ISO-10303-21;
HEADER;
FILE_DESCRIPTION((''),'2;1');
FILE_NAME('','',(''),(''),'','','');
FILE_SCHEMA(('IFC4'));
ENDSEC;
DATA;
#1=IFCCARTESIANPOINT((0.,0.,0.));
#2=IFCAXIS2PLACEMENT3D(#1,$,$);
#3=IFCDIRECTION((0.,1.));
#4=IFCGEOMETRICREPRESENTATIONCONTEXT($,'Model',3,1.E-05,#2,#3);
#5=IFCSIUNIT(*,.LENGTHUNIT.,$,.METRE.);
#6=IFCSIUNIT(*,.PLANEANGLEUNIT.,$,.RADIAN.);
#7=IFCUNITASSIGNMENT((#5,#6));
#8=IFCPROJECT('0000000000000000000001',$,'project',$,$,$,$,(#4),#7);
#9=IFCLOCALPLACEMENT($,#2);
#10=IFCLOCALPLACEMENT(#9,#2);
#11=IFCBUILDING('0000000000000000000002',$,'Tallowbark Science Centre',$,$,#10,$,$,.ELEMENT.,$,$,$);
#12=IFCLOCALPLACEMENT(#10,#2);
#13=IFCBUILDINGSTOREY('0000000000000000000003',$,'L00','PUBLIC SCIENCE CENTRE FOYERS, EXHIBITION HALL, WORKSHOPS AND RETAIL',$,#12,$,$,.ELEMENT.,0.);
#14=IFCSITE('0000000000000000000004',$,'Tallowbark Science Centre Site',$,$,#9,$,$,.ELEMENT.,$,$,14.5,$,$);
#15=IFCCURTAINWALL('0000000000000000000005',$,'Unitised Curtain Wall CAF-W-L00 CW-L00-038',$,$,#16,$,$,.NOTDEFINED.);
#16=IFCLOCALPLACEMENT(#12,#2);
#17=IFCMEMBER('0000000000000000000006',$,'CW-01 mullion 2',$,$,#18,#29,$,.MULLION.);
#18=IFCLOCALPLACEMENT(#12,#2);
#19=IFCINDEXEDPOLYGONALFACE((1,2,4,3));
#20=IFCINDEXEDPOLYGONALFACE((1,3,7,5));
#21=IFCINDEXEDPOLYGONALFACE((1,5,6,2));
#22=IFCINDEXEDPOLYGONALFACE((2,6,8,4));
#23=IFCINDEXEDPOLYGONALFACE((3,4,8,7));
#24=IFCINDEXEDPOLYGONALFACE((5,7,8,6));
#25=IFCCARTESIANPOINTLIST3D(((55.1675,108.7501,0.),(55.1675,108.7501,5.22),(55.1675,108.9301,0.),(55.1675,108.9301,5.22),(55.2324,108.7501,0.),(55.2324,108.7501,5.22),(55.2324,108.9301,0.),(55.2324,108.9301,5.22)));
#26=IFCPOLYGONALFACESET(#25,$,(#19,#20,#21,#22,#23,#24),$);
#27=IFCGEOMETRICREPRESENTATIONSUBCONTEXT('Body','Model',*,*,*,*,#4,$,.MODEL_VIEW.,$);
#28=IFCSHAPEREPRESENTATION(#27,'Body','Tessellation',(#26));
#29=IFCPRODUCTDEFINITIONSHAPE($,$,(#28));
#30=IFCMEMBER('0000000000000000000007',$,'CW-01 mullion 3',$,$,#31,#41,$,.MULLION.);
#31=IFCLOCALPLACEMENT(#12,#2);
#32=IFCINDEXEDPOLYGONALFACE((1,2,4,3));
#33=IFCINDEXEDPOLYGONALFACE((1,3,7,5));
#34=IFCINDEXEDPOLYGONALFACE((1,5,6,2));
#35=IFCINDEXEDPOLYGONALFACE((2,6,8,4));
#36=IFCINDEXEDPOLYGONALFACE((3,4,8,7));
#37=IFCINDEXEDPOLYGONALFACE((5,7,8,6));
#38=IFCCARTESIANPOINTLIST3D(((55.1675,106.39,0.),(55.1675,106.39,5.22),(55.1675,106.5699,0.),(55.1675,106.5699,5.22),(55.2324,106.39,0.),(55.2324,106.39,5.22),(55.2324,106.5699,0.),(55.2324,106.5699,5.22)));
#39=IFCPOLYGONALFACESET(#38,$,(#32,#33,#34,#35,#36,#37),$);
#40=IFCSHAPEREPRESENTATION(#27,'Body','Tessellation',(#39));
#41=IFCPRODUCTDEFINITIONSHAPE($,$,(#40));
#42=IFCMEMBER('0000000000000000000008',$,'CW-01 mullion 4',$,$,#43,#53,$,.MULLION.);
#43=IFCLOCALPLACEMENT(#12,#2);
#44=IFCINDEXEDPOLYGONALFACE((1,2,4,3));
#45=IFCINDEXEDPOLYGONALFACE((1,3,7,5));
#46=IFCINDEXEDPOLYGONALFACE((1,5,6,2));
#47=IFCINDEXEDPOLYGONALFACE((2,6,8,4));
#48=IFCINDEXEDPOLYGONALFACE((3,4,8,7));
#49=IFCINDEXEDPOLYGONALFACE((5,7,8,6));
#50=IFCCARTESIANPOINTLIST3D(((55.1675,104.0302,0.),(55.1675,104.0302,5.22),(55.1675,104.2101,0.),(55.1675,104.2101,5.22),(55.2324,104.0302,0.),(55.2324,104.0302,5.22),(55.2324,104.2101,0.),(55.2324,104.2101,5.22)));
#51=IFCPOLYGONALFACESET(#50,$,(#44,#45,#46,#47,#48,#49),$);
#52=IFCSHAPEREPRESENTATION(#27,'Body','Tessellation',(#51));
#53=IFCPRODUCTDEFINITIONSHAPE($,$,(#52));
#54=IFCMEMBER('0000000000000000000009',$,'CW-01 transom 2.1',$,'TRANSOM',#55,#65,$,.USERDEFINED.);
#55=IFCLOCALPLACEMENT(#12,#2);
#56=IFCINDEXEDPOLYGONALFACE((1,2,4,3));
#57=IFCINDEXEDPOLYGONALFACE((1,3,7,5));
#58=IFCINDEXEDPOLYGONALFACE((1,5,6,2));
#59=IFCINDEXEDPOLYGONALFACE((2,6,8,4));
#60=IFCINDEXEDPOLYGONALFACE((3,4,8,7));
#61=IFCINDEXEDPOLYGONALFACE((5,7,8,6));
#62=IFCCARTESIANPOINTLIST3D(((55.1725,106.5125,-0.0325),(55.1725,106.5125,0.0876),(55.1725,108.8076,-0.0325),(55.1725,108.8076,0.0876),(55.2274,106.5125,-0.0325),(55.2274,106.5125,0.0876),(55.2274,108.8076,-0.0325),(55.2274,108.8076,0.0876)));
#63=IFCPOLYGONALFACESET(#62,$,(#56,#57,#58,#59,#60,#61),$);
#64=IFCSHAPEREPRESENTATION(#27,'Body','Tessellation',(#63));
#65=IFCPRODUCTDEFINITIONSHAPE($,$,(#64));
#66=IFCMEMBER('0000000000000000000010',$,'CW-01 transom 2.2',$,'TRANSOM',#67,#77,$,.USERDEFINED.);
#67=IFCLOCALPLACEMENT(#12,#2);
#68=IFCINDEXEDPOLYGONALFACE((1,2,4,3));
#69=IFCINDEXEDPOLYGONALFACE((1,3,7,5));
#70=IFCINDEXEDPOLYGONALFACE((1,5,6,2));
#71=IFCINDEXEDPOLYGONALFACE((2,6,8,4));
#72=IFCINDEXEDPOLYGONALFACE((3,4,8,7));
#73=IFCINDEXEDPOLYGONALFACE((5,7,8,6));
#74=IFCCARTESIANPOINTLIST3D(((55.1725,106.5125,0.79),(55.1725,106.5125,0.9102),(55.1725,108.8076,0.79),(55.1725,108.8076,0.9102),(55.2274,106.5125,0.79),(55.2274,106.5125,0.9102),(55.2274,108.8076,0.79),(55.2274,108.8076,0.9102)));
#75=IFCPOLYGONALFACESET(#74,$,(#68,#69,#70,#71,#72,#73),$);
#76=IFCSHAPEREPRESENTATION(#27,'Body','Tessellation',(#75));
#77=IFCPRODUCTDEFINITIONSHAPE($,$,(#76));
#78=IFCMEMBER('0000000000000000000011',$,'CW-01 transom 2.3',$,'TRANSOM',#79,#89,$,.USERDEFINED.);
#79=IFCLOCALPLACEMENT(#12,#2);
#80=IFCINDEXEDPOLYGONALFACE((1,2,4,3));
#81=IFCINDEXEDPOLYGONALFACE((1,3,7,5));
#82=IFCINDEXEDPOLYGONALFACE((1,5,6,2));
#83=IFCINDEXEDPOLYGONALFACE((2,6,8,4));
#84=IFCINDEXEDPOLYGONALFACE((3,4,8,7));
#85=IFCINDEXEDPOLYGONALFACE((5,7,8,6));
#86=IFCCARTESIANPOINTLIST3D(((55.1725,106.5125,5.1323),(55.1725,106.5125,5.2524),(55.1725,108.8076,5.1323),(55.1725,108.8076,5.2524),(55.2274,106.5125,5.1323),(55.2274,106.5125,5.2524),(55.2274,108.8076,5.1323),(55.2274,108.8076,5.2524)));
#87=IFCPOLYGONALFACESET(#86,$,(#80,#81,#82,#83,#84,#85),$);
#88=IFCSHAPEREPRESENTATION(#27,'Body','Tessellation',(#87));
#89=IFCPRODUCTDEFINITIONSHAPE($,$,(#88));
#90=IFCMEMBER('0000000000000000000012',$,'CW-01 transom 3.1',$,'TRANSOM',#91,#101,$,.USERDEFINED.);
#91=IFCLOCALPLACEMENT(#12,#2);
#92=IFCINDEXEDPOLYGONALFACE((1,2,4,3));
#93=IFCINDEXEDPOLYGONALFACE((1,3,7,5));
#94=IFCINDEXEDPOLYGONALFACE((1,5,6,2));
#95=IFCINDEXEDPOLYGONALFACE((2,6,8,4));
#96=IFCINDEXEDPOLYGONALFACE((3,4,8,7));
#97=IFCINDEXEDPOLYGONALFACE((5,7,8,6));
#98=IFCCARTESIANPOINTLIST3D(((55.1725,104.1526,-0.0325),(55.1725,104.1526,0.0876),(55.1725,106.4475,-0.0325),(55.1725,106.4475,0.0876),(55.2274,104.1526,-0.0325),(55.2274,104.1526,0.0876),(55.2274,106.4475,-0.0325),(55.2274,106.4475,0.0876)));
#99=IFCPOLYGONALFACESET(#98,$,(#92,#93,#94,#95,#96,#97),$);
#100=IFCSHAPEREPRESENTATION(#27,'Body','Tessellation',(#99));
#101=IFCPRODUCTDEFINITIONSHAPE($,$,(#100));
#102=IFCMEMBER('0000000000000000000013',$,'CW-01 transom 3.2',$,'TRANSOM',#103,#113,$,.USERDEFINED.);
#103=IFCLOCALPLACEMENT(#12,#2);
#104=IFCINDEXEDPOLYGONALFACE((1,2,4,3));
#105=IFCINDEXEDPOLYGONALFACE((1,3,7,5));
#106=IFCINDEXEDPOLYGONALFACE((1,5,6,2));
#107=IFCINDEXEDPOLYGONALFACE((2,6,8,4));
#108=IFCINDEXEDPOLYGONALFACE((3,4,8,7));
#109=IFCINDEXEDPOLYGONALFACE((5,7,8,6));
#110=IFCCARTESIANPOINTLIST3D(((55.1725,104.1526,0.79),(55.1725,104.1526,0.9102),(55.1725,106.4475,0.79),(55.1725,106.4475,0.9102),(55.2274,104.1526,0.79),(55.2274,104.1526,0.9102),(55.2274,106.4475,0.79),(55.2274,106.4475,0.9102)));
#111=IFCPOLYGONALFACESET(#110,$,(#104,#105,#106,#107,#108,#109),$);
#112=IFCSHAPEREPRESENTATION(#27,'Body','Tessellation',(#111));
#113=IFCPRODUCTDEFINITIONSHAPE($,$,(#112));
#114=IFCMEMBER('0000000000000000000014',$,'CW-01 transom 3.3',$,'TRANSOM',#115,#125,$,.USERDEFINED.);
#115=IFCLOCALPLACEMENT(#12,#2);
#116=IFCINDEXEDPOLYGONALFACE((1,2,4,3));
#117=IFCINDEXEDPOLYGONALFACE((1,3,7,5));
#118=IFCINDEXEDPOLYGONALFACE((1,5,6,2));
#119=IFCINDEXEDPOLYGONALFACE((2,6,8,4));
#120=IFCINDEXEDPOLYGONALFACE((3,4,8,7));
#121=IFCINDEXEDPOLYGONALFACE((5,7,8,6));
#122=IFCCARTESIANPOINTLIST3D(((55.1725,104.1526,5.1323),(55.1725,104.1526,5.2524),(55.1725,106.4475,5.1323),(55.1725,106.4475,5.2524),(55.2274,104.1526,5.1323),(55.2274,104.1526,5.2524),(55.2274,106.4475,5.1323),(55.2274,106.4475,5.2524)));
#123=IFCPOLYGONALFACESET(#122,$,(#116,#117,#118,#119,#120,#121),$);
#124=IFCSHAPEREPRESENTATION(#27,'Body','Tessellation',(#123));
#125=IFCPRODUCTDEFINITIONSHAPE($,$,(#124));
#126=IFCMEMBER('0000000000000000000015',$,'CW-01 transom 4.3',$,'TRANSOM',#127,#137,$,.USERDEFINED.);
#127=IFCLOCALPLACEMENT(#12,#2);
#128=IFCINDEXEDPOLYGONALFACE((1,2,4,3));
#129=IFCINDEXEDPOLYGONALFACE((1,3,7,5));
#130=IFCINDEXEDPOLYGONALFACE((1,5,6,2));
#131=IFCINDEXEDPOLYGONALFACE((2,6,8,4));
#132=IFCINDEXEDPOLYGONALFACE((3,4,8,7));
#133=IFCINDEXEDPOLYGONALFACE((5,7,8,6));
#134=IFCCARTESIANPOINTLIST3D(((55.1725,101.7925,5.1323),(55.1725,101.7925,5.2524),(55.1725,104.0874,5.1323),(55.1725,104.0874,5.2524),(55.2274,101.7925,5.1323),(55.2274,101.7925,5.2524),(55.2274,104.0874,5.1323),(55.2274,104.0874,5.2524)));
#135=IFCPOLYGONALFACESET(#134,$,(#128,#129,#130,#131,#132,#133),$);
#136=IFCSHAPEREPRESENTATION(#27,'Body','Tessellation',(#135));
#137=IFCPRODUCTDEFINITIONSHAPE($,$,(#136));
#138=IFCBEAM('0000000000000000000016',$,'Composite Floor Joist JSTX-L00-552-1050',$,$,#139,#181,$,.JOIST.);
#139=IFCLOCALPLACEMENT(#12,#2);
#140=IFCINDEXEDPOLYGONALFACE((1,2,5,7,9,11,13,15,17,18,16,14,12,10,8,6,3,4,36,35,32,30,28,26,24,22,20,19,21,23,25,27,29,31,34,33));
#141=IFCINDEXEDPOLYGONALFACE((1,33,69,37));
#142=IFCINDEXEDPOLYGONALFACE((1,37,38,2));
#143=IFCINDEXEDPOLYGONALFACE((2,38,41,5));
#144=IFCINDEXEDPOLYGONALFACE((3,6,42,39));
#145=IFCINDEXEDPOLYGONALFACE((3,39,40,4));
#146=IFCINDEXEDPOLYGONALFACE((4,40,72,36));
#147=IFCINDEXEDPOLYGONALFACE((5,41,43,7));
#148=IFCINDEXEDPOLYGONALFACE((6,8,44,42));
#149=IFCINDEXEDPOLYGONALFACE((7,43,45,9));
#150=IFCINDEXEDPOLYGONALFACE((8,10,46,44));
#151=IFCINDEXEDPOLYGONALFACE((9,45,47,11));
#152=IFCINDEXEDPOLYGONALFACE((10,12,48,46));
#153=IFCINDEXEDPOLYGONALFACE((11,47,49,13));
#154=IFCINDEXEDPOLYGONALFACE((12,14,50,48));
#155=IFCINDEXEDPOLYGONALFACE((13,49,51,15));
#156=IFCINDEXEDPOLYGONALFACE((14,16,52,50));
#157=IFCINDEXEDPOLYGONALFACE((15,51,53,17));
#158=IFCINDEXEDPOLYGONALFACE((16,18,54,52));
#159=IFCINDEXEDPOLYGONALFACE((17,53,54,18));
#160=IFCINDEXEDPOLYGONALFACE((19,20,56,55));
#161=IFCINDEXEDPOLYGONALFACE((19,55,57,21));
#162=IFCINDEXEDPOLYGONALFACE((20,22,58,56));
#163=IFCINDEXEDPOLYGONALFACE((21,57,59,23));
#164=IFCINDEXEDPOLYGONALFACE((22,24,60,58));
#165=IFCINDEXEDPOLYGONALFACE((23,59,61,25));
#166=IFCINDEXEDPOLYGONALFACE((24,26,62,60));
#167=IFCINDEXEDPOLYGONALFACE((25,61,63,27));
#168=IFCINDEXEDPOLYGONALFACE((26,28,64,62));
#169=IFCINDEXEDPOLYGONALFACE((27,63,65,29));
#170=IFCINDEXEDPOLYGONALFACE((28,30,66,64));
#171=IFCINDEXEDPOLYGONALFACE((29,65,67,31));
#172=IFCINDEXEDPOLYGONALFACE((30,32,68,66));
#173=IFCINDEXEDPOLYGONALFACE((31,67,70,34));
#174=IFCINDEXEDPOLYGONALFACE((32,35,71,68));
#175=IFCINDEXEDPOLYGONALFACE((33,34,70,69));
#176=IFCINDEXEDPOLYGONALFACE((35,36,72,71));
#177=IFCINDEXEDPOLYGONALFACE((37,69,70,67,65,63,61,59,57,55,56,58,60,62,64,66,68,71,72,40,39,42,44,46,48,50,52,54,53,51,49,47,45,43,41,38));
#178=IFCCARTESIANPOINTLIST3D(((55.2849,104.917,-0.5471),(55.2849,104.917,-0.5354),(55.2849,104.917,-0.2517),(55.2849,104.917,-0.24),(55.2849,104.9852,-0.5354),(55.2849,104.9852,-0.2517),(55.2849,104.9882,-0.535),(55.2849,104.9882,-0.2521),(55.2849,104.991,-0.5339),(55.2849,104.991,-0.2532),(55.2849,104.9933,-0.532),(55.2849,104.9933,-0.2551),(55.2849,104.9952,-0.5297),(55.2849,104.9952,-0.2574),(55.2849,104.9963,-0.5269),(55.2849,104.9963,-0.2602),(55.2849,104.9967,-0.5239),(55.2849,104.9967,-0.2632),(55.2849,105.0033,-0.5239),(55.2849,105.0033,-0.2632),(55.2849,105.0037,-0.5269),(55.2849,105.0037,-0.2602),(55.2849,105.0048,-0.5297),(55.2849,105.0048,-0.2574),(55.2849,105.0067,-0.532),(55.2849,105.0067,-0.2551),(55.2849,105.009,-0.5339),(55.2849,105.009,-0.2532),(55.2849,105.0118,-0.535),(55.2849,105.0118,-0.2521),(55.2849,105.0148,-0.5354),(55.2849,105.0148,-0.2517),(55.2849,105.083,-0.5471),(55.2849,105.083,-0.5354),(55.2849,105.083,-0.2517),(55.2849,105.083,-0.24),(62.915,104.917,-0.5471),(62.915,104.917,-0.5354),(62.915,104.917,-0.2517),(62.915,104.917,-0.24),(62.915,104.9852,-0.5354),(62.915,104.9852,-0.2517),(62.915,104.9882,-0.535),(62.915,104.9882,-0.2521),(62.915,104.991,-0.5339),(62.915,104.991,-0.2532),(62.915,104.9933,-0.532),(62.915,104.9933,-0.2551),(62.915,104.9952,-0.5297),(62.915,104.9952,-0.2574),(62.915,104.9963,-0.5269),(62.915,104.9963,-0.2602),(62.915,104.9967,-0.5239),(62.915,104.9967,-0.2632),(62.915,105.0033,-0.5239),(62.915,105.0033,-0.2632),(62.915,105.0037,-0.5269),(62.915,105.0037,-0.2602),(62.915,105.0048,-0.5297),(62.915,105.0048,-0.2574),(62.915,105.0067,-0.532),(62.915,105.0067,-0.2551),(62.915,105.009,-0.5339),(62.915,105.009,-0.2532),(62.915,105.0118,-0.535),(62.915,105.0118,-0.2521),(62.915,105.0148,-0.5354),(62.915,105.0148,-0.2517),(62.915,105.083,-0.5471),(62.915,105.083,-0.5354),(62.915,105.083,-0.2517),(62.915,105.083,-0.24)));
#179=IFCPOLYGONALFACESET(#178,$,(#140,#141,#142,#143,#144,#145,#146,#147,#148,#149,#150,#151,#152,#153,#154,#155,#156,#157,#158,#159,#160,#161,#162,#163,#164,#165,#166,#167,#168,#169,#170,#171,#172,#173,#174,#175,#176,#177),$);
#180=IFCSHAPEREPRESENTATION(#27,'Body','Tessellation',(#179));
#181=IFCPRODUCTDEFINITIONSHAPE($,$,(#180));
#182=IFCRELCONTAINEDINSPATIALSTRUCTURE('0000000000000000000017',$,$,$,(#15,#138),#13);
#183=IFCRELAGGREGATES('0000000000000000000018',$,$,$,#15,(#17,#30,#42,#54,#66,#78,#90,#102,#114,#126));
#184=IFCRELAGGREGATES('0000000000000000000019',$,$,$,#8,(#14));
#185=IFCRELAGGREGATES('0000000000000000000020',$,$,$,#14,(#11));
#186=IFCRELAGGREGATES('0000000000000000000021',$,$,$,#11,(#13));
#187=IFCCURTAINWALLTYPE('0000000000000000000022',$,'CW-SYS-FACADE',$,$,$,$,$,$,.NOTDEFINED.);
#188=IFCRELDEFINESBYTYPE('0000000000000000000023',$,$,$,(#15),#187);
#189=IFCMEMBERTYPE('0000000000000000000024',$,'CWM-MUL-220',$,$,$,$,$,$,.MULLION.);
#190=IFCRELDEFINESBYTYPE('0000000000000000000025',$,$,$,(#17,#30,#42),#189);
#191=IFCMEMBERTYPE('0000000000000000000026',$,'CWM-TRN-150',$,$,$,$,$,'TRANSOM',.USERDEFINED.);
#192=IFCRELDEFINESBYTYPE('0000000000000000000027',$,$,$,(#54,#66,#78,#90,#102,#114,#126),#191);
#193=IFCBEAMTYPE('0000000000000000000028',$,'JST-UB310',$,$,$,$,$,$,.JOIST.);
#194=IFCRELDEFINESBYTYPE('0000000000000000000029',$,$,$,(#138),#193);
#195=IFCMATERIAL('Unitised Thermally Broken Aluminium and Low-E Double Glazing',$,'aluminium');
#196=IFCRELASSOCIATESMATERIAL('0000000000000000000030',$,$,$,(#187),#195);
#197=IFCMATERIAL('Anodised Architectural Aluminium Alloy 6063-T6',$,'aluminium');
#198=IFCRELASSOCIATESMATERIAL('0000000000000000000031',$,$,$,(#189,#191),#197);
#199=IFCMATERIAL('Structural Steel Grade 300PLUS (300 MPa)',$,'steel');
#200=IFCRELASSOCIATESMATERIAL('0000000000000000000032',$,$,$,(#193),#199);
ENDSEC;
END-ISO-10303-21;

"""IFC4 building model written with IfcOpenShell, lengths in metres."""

from ifc_helpers import new_model, si_unit, direction, frame, origin, origin_2d, place, context, subcontext, project, spatial, rectangle, i_section, extrude, material, material_profile, profile_set, type_object, element, aggregate, save


model = new_model("IFC4")

# Units and contexts
model_context = context("Model", 3, precision=1e-05, world=origin(), true_north=direction((0.0, 1.0)))
body_context = subcontext(model_context, "Body", "Model", "MODEL_VIEW")
ifc_project = project(units=[si_unit("LENGTHUNIT", "METRE"), si_unit("PLANEANGLEUNIT", "RADIAN")], contexts=[model_context])

# Site, building, storey
site_placement = place(None, origin())
site = spatial("IfcSite", under=ifc_project, at=site_placement, Name="Tallowbark Science Centre Site", CompositionType="ELEMENT", RefElevation=14.5)
building_placement = place(site_placement, origin())
building = spatial("IfcBuilding", under=site, at=building_placement, Name="Tallowbark Science Centre", CompositionType="ELEMENT")
storey_placement = place(building_placement, origin())
storey = spatial("IfcBuildingStorey", under=building, at=storey_placement, Name="L00", Description="PUBLIC SCIENCE CENTRE FOYERS, EXHIBITION HALL, WORKSHOPS AND RETAIL", CompositionType="ELEMENT", Elevation=0.0)

# Shared definitions
ifc_material_1 = material(Name="Structural Steel Grade 300PLUS (300 MPa)", Category="steel")

# Curtain wall, members
ifc_material_2 = material(Name="Unitised Thermally Broken Aluminium and Low-E Double Glazing", Category="aluminium")
curtain_wall_type = type_object("IfcCurtainWallType", Name="CW-SYS-FACADE", PredefinedType="NOTDEFINED", material=ifc_material_2)
curtain_wall_placement = place(storey_placement, origin())
curtain_wall = element("IfcCurtainWall", 1, at=curtain_wall_placement, inside=storey, type_object=curtain_wall_type, Name="Unitised Curtain Wall CAF-W-L00 CW-L00-038", PredefinedType="NOTDEFINED")
ifc_material_3 = material(Name="Anodised Architectural Aluminium Alloy 6063-T6", Category="aluminium")
ifc_material_profile_1 = material_profile(ifc_material_3, rectangle(XDim=0.0649, YDim=0.1799, at=origin_2d()), Name="ALU65x180")
ifc_profile_set_1 = profile_set([ifc_material_profile_1], Name="Anodised Architectural Aluminium Alloy 6063-T6")
member_type_1 = type_object("IfcMemberType", Name="CWM-MUL-220", PredefinedType="MULLION", material=ifc_profile_set_1)
member_1_placement = place(storey_placement, frame((55.2, 108.8401, 0.0), z_axis=(0.0, 0.0, 1.0), x_axis=(1.0, 0.0, 0.0)))
member_1 = element("IfcMember", 2, at=member_1_placement, type_object=member_type_1, Name="CW-01 mullion 2", PredefinedType="MULLION", context=body_context, shape_type="SweptSolid", body=[
    extrude(rectangle(XDim=0.0649, YDim=0.1799, at=origin_2d()), origin(), (0.0, 0.0, 1.0), 5.22),
])
member_2_placement = place(storey_placement, frame((55.2, 106.48, 0.0), z_axis=(0.0, 0.0, 1.0), x_axis=(1.0, 0.0, 0.0)))
member_2 = element("IfcMember", 3, at=member_2_placement, type_object=member_type_1, Name="CW-01 mullion 3", PredefinedType="MULLION", context=body_context, shape_type="SweptSolid", body=[
    extrude(rectangle(XDim=0.0649, YDim=0.1799, at=origin_2d()), origin(), (0.0, 0.0, 1.0), 5.22),
])
member_3_placement = place(storey_placement, frame((55.2, 104.1201, 0.0), z_axis=(0.0, 0.0, 1.0), x_axis=(1.0, 0.0, 0.0)))
member_3 = element("IfcMember", 4, at=member_3_placement, type_object=member_type_1, Name="CW-01 mullion 4", PredefinedType="MULLION", context=body_context, shape_type="SweptSolid", body=[
    extrude(rectangle(XDim=0.0649, YDim=0.1799, at=origin_2d()), origin(), (0.0, 0.0, 1.0), 5.22),
])
ifc_material_profile_2 = material_profile(ifc_material_3, rectangle(XDim=0.0549, YDim=0.1201, at=origin_2d()), Name="ALU55x120")
ifc_profile_set_2 = profile_set([ifc_material_profile_2], Name="Anodised Architectural Aluminium Alloy 6063-T6")
member_type_2 = type_object("IfcMemberType", Name="CWM-TRN-150", ElementType="TRANSOM", PredefinedType="USERDEFINED", material=ifc_profile_set_2)
member_4_placement = place(storey_placement, frame((55.2, 108.8076, 0.0276), z_axis=(0.0, -1.0, 0.0), x_axis=(1.0, 0.0, 0.0)))
member_4 = element("IfcMember", 5, at=member_4_placement, type_object=member_type_2, Name="CW-01 transom 2.1", ObjectType="TRANSOM", PredefinedType="USERDEFINED", context=body_context, shape_type="SweptSolid", body=[
    extrude(rectangle(XDim=0.0549, YDim=0.1201, at=origin_2d()), origin(), (0.0, 0.0, 1.0), 2.2952),
])
member_5_placement = place(storey_placement, frame((55.2, 108.8076, 0.8501), z_axis=(0.0, -1.0, 0.0), x_axis=(1.0, 0.0, 0.0)))
member_5 = element("IfcMember", 6, at=member_5_placement, type_object=member_type_2, Name="CW-01 transom 2.2", ObjectType="TRANSOM", PredefinedType="USERDEFINED", context=body_context, shape_type="SweptSolid", body=[
    extrude(rectangle(XDim=0.0549, YDim=0.1201, at=origin_2d()), origin(), (0.0, 0.0, 1.0), 2.2952),
])
member_6_placement = place(storey_placement, frame((55.2, 108.8076, 5.1924), z_axis=(0.0, -1.0, 0.0), x_axis=(1.0, 0.0, 0.0)))
member_6 = element("IfcMember", 7, at=member_6_placement, type_object=member_type_2, Name="CW-01 transom 2.3", ObjectType="TRANSOM", PredefinedType="USERDEFINED", context=body_context, shape_type="SweptSolid", body=[
    extrude(rectangle(XDim=0.0549, YDim=0.1201, at=origin_2d()), origin(), (0.0, 0.0, 1.0), 2.2952),
])
member_7_placement = place(storey_placement, frame((55.2, 106.4475, 0.0276), z_axis=(0.0, -1.0, 0.0), x_axis=(1.0, 0.0, 0.0)))
member_7 = element("IfcMember", 8, at=member_7_placement, type_object=member_type_2, Name="CW-01 transom 3.1", ObjectType="TRANSOM", PredefinedType="USERDEFINED", context=body_context, shape_type="SweptSolid", body=[
    extrude(rectangle(XDim=0.0549, YDim=0.1201, at=origin_2d()), origin(), (0.0, 0.0, 1.0), 2.2949),
])
member_8_placement = place(storey_placement, frame((55.2, 106.4475, 0.8501), z_axis=(0.0, -1.0, 0.0), x_axis=(1.0, 0.0, 0.0)))
member_8 = element("IfcMember", 9, at=member_8_placement, type_object=member_type_2, Name="CW-01 transom 3.2", ObjectType="TRANSOM", PredefinedType="USERDEFINED", context=body_context, shape_type="SweptSolid", body=[
    extrude(rectangle(XDim=0.0549, YDim=0.1201, at=origin_2d()), origin(), (0.0, 0.0, 1.0), 2.2949),
])
member_9_placement = place(storey_placement, frame((55.2, 106.4475, 5.1924), z_axis=(0.0, -1.0, 0.0), x_axis=(1.0, 0.0, 0.0)))
member_9 = element("IfcMember", 10, at=member_9_placement, type_object=member_type_2, Name="CW-01 transom 3.3", ObjectType="TRANSOM", PredefinedType="USERDEFINED", context=body_context, shape_type="SweptSolid", body=[
    extrude(rectangle(XDim=0.0549, YDim=0.1201, at=origin_2d()), origin(), (0.0, 0.0, 1.0), 2.2949),
])
member_10_placement = place(storey_placement, frame((55.2, 104.0874, 5.1924), z_axis=(0.0, -1.0, 0.0), x_axis=(1.0, 0.0, 0.0)))
member_10 = element("IfcMember", 11, at=member_10_placement, type_object=member_type_2, Name="CW-01 transom 4.3", ObjectType="TRANSOM", PredefinedType="USERDEFINED", context=body_context, shape_type="SweptSolid", body=[
    extrude(rectangle(XDim=0.0549, YDim=0.1201, at=origin_2d()), origin(), (0.0, 0.0, 1.0), 2.2949),
])

# Beam
ifc_material_profile_3 = material_profile(ifc_material_1, i_section(OverallWidth=0.166, OverallDepth=0.3071, WebThickness=0.0066, FlangeThickness=0.0117, FilletRadius=0.0115, at=origin_2d()), Name="310UB46.2")
ifc_profile_set_3 = profile_set([ifc_material_profile_3], Name="Structural Steel Grade 300PLUS (300 MPa)")
beam_type_1 = type_object("IfcBeamType", Name="JST-UB310", PredefinedType="JOIST", material=ifc_profile_set_3)
beam_1_placement = place(storey_placement, frame((55.2849, 105.0, -0.3936), z_axis=(1.0, 0.0, 0.0), x_axis=(0.0, 1.0, 0.0)))
element("IfcBeam", 12, at=beam_1_placement, inside=storey, type_object=beam_type_1, Name="Composite Floor Joist JSTX-L00-552-1050", PredefinedType="JOIST", context=body_context, shape_type="SweptSolid", body=[
    extrude(i_section(OverallWidth=0.166, OverallDepth=0.3071, WebThickness=0.0066, FlangeThickness=0.0117, FilletRadius=0.0115, at=origin_2d()), origin(), (0.0, 0.0, 1.0), 7.6301),
])

aggregate(curtain_wall, [member_1, member_2, member_3, member_4, member_5, member_6, member_7, member_8, member_9, member_10])

save(model, "model.ifc")
